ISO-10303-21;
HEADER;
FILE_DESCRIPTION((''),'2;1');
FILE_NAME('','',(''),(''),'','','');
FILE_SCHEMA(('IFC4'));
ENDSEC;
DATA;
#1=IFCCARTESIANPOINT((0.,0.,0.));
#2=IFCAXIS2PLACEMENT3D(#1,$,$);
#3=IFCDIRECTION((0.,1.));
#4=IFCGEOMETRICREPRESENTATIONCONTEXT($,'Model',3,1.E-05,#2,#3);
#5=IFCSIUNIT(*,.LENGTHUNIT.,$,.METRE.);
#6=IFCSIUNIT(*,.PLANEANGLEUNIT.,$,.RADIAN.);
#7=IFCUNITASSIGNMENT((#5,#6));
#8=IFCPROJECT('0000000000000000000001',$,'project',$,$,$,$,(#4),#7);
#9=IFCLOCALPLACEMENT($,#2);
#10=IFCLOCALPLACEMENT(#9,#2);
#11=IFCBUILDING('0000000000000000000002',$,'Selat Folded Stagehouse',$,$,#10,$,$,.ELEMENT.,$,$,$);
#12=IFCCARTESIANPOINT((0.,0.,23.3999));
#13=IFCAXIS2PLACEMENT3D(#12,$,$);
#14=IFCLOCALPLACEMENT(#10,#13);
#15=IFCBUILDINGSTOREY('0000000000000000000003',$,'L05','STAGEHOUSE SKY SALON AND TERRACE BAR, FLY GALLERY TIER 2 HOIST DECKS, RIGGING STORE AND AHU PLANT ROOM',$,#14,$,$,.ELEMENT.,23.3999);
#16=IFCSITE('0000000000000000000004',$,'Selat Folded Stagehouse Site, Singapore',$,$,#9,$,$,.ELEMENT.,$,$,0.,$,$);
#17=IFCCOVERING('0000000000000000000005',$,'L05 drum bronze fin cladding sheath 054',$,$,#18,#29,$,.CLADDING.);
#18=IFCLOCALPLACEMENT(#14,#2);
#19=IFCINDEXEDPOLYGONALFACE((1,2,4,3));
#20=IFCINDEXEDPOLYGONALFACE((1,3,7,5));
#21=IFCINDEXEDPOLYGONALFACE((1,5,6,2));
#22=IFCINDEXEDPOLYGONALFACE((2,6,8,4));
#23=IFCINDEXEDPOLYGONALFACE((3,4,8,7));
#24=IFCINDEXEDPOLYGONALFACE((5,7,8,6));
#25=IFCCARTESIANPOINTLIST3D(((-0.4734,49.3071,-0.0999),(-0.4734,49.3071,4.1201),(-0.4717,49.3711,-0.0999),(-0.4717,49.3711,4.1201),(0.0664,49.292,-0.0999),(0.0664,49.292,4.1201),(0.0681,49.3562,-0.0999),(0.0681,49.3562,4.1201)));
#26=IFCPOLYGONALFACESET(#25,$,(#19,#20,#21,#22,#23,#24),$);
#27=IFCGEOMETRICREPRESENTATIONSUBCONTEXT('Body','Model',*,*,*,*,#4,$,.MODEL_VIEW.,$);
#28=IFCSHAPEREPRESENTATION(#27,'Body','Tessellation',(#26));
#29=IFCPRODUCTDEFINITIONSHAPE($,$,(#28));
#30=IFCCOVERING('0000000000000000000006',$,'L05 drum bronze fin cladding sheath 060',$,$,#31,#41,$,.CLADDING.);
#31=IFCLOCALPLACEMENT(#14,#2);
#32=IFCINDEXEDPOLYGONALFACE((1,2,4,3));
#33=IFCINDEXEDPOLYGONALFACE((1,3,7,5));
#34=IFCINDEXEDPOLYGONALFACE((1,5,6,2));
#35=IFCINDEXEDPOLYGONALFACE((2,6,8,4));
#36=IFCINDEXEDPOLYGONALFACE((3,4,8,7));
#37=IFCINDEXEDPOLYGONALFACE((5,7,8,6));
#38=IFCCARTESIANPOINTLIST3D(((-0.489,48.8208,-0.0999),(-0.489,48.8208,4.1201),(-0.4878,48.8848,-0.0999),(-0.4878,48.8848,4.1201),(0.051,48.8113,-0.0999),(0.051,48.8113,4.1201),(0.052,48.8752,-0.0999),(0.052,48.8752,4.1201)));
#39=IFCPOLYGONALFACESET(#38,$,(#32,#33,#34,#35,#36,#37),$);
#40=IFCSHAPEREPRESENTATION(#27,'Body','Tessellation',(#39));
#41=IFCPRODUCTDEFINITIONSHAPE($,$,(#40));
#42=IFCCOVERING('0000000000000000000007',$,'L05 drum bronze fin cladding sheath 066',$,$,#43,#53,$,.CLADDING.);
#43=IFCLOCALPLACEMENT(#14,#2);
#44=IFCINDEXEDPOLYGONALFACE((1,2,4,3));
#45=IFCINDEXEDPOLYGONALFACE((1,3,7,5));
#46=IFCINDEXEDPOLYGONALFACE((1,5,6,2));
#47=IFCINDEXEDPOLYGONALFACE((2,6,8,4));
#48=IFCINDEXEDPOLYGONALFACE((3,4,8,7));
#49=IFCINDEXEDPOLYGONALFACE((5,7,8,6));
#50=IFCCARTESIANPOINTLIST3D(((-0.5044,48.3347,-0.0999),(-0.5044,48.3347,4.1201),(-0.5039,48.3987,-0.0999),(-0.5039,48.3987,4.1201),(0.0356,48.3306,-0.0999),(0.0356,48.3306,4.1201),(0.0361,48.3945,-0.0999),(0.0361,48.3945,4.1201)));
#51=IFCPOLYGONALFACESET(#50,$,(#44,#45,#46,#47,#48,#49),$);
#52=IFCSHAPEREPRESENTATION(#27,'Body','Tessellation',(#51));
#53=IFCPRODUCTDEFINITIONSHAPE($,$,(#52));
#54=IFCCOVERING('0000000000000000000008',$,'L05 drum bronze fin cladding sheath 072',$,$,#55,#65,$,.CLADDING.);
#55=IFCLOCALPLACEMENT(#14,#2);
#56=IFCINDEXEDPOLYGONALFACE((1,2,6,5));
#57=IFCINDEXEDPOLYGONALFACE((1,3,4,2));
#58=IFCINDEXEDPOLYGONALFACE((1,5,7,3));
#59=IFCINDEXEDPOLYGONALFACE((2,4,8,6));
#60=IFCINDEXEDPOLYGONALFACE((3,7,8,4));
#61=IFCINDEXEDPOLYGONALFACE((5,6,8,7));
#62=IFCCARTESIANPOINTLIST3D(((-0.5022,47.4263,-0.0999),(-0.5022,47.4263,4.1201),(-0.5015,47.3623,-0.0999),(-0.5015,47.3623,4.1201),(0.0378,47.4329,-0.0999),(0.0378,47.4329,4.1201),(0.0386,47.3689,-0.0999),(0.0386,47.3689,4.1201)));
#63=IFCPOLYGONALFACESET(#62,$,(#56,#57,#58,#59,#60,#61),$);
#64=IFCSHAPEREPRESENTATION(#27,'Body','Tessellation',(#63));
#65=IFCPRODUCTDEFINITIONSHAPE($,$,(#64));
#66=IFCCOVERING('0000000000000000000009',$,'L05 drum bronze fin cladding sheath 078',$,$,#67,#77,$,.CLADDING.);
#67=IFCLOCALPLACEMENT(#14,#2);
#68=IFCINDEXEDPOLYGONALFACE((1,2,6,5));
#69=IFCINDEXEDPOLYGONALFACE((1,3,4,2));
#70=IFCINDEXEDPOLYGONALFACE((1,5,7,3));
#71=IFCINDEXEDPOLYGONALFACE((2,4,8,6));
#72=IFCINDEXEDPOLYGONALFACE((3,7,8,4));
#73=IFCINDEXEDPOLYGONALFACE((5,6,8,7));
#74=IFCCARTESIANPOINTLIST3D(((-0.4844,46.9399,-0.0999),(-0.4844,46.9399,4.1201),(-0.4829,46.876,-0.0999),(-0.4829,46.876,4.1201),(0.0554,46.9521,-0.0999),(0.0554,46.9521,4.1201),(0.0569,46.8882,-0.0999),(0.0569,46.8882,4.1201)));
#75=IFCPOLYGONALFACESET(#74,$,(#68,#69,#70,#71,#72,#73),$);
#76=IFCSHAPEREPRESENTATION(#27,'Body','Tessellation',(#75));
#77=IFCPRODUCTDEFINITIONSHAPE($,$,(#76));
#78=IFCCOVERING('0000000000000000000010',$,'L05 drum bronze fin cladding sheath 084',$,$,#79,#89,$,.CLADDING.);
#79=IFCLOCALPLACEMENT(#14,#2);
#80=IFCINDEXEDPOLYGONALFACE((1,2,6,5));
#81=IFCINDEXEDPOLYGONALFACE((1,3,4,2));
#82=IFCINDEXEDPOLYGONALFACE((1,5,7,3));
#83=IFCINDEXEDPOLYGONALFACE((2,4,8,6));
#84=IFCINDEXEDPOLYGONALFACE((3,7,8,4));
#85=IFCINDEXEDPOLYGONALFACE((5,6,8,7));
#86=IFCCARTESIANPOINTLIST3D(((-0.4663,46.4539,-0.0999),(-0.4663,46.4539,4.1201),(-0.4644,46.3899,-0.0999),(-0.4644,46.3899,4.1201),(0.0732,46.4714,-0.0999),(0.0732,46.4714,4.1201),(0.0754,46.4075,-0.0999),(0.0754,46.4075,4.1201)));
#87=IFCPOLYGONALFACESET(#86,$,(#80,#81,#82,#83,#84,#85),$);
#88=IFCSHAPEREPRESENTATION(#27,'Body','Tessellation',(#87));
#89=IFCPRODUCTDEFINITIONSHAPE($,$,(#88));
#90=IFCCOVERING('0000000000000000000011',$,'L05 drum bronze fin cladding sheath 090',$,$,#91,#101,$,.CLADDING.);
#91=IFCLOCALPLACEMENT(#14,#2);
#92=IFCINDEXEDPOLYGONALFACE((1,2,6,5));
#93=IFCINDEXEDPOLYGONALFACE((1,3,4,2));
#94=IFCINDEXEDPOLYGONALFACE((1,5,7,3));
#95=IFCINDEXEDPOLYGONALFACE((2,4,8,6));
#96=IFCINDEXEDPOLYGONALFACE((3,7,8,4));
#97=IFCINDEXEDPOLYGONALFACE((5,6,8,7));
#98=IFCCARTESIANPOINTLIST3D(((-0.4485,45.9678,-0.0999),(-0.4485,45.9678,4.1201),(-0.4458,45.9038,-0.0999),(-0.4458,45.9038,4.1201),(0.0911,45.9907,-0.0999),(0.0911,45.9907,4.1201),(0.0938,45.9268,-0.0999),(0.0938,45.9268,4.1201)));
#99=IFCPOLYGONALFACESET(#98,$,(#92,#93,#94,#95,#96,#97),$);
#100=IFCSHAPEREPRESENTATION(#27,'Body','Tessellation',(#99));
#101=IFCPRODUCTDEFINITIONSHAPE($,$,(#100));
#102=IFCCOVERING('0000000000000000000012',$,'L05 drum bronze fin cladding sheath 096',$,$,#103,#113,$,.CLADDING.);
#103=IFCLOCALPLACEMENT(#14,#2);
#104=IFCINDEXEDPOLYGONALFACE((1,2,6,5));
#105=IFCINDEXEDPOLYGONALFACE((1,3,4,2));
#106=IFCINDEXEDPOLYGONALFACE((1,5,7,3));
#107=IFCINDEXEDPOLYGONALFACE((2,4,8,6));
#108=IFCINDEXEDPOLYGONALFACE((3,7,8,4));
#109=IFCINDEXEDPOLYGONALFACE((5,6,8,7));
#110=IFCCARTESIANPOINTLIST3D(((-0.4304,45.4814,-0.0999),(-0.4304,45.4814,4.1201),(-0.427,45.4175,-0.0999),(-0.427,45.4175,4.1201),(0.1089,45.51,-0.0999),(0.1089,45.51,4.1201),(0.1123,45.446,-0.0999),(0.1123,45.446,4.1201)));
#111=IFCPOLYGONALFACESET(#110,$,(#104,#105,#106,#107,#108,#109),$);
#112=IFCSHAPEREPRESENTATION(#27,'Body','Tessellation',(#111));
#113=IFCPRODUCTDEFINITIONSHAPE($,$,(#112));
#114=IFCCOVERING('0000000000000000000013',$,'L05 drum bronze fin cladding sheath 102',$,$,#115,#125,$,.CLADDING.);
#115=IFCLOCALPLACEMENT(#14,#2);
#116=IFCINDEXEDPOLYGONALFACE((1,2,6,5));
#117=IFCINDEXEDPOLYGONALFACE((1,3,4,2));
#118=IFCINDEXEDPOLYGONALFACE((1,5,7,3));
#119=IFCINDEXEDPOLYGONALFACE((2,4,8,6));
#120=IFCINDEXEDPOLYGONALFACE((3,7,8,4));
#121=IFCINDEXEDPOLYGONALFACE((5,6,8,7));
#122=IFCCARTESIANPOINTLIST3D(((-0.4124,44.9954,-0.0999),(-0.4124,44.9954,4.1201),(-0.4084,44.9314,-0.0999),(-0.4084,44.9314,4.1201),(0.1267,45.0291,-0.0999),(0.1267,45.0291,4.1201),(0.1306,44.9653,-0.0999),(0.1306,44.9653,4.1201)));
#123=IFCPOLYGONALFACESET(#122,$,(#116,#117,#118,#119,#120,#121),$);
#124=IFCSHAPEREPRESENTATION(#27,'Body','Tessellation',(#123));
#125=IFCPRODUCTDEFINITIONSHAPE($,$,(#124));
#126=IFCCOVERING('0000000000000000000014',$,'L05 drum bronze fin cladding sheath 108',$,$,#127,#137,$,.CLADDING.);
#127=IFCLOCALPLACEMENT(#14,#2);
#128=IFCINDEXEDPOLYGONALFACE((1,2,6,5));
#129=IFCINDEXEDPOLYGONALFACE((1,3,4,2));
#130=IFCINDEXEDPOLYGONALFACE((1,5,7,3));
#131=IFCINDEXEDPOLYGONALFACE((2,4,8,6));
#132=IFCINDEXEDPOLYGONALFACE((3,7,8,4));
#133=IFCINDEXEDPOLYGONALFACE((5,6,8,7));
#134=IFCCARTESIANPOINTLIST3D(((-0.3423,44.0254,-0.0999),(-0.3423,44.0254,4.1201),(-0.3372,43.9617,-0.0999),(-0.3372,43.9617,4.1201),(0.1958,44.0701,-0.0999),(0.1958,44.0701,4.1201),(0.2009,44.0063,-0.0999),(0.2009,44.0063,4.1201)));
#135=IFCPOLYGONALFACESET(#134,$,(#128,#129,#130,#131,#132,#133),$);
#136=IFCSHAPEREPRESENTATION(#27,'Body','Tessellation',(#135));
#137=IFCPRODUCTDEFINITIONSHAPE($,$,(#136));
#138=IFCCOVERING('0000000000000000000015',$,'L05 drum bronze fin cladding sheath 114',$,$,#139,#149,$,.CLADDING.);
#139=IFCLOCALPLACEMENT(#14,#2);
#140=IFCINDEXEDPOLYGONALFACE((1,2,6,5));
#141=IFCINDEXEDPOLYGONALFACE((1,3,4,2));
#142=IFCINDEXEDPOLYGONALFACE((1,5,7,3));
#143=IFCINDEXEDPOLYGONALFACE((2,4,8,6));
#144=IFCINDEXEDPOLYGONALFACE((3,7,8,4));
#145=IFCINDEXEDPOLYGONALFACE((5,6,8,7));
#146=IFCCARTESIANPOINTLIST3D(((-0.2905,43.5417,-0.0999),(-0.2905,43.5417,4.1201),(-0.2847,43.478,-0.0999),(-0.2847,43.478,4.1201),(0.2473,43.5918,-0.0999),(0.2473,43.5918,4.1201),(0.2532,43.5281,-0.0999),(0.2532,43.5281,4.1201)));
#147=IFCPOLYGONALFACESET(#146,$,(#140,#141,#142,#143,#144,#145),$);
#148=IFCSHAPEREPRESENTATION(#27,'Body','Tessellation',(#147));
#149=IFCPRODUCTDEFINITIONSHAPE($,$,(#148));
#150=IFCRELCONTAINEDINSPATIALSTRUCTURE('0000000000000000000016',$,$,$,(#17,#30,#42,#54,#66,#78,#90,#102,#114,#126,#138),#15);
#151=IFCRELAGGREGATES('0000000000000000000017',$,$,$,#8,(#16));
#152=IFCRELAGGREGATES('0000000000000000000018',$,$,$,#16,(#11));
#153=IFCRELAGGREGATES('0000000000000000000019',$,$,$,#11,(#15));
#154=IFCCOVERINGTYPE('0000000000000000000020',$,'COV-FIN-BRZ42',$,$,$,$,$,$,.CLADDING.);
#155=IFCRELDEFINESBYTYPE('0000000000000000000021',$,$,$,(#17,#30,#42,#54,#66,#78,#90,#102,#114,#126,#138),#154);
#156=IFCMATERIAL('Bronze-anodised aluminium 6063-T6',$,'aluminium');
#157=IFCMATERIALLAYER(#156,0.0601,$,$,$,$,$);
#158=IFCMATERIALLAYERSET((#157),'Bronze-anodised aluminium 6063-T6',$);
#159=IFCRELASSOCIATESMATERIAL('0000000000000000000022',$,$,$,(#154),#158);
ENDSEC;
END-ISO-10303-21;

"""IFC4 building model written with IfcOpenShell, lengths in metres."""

from ifc_helpers import new_model, si_unit, direction, frame, origin, place, context, subcontext, project, spatial, polyline, outline, extrude, material, layer, layer_set, type_object, element, save


model = new_model("IFC4")

# Units and contexts
model_context = context("Model", 3, precision=1e-05, world=origin(), true_north=direction((0.0, 1.0)))
body_context = subcontext(model_context, "Body", "Model", "MODEL_VIEW")
ifc_project = project(units=[si_unit("LENGTHUNIT", "METRE"), si_unit("PLANEANGLEUNIT", "RADIAN")], contexts=[model_context])

# Site, building, storey
site_placement = place(None, origin())
site = spatial("IfcSite", under=ifc_project, at=site_placement, Name="Selat Folded Stagehouse Site, Singapore", CompositionType="ELEMENT", RefElevation=0.0)
building_placement = place(site_placement, origin())
building = spatial("IfcBuilding", under=site, at=building_placement, Name="Selat Folded Stagehouse", CompositionType="ELEMENT")
storey_placement = place(building_placement, frame((0.0, 0.0, 23.3999)))
storey = spatial("IfcBuildingStorey", under=building, at=storey_placement, Name="L05", Description="STAGEHOUSE SKY SALON AND TERRACE BAR, FLY GALLERY TIER 2 HOIST DECKS, RIGGING STORE AND AHU PLANT ROOM", CompositionType="ELEMENT", Elevation=23.3999)

# Coverings
ifc_material_1 = material(Name="Bronze-anodised aluminium 6063-T6", Category="aluminium")
ifc_layer_1 = layer(ifc_material_1, 0.0601)
ifc_layer_set_1 = layer_set([ifc_layer_1], Name="Bronze-anodised aluminium 6063-T6")
covering_type = type_object("IfcCoveringType", Name="COV-FIN-BRZ42", PredefinedType="CLADDING", material=ifc_layer_set_1)
covering_1_placement = place(storey_placement, frame((0.0, 0.0, -0.0999)))
element("IfcCovering", 1, at=covering_1_placement, inside=storey, type_object=covering_type, Name="L05 drum bronze fin cladding sheath 054", PredefinedType="CLADDING", context=body_context, shape_type="SweptSolid", body=[
    extrude(outline(polyline([(0.0681, 49.3562), (-0.4717, 49.3711), (-0.4734, 49.3071), (0.0664, 49.292), (0.0681, 49.3562)])), origin(), (0.0, 0.0, 1.0), 4.22),
])
covering_2_placement = place(storey_placement, frame((0.0, 0.0, -0.0999)))
element("IfcCovering", 2, at=covering_2_placement, inside=storey, type_object=covering_type, Name="L05 drum bronze fin cladding sheath 060", PredefinedType="CLADDING", context=body_context, shape_type="SweptSolid", body=[
    extrude(outline(polyline([(0.052, 48.8752), (-0.4878, 48.8848), (-0.489, 48.8208), (0.051, 48.8113), (0.052, 48.8752)])), origin(), (0.0, 0.0, 1.0), 4.22),
])
covering_3_placement = place(storey_placement, frame((0.0, 0.0, -0.0999)))
element("IfcCovering", 3, at=covering_3_placement, inside=storey, type_object=covering_type, Name="L05 drum bronze fin cladding sheath 066", PredefinedType="CLADDING", context=body_context, shape_type="SweptSolid", body=[
    extrude(outline(polyline([(0.0361, 48.3945), (-0.5039, 48.3987), (-0.5044, 48.3347), (0.0356, 48.3306), (0.0361, 48.3945)])), origin(), (0.0, 0.0, 1.0), 4.22),
])
covering_4_placement = place(storey_placement, frame((0.0, 0.0, -0.0999)))
element("IfcCovering", 4, at=covering_4_placement, inside=storey, type_object=covering_type, Name="L05 drum bronze fin cladding sheath 072", PredefinedType="CLADDING", context=body_context, shape_type="SweptSolid", body=[
    extrude(outline(polyline([(0.0378, 47.4329), (-0.5022, 47.4263), (-0.5015, 47.3623), (0.0386, 47.3689), (0.0378, 47.4329)])), origin(), (0.0, 0.0, 1.0), 4.22),
])
covering_5_placement = place(storey_placement, frame((0.0, 0.0, -0.0999)))
element("IfcCovering", 5, at=covering_5_placement, inside=storey, type_object=covering_type, Name="L05 drum bronze fin cladding sheath 078", PredefinedType="CLADDING", context=body_context, shape_type="SweptSolid", body=[
    extrude(outline(polyline([(0.0554, 46.9521), (-0.4844, 46.9399), (-0.4829, 46.876), (0.0569, 46.8882), (0.0554, 46.9521)])), origin(), (0.0, 0.0, 1.0), 4.22),
])
covering_6_placement = place(storey_placement, frame((0.0, 0.0, -0.0999)))
element("IfcCovering", 6, at=covering_6_placement, inside=storey, type_object=covering_type, Name="L05 drum bronze fin cladding sheath 084", PredefinedType="CLADDING", context=body_context, shape_type="SweptSolid", body=[
    extrude(outline(polyline([(0.0732, 46.4714), (-0.4663, 46.4539), (-0.4644, 46.3899), (0.0754, 46.4075), (0.0732, 46.4714)])), origin(), (0.0, 0.0, 1.0), 4.22),
])
covering_7_placement = place(storey_placement, frame((0.0, 0.0, -0.0999)))
element("IfcCovering", 7, at=covering_7_placement, inside=storey, type_object=covering_type, Name="L05 drum bronze fin cladding sheath 090", PredefinedType="CLADDING", context=body_context, shape_type="SweptSolid", body=[
    extrude(outline(polyline([(0.0911, 45.9907), (-0.4485, 45.9678), (-0.4458, 45.9038), (0.0938, 45.9268), (0.0911, 45.9907)])), origin(), (0.0, 0.0, 1.0), 4.22),
])
covering_8_placement = place(storey_placement, frame((0.0, 0.0, -0.0999)))
element("IfcCovering", 8, at=covering_8_placement, inside=storey, type_object=covering_type, Name="L05 drum bronze fin cladding sheath 096", PredefinedType="CLADDING", context=body_context, shape_type="SweptSolid", body=[
    extrude(outline(polyline([(0.1089, 45.51), (-0.4304, 45.4814), (-0.427, 45.4175), (0.1123, 45.446), (0.1089, 45.51)])), origin(), (0.0, 0.0, 1.0), 4.22),
])
covering_9_placement = place(storey_placement, frame((0.0, 0.0, -0.0999)))
element("IfcCovering", 9, at=covering_9_placement, inside=storey, type_object=covering_type, Name="L05 drum bronze fin cladding sheath 102", PredefinedType="CLADDING", context=body_context, shape_type="SweptSolid", body=[
    extrude(outline(polyline([(0.1267, 45.0291), (-0.4124, 44.9954), (-0.4084, 44.9314), (0.1306, 44.9653), (0.1267, 45.0291)])), origin(), (0.0, 0.0, 1.0), 4.22),
])
covering_10_placement = place(storey_placement, frame((0.0, 0.0, -0.0999)))
element("IfcCovering", 10, at=covering_10_placement, inside=storey, type_object=covering_type, Name="L05 drum bronze fin cladding sheath 108", PredefinedType="CLADDING", context=body_context, shape_type="SweptSolid", body=[
    extrude(outline(polyline([(0.1958, 44.0701), (-0.3423, 44.0254), (-0.3372, 43.9617), (0.2009, 44.0063), (0.1958, 44.0701)])), origin(), (0.0, 0.0, 1.0), 4.22),
])
covering_11_placement = place(storey_placement, frame((0.0, 0.0, -0.0999)))
element("IfcCovering", 11, at=covering_11_placement, inside=storey, type_object=covering_type, Name="L05 drum bronze fin cladding sheath 114", PredefinedType="CLADDING", context=body_context, shape_type="SweptSolid", body=[
    extrude(outline(polyline([(0.2473, 43.5918), (-0.2905, 43.5417), (-0.2847, 43.478), (0.2532, 43.5281), (0.2473, 43.5918)])), origin(), (0.0, 0.0, 1.0), 4.22),
])

save(model, "model.ifc")
